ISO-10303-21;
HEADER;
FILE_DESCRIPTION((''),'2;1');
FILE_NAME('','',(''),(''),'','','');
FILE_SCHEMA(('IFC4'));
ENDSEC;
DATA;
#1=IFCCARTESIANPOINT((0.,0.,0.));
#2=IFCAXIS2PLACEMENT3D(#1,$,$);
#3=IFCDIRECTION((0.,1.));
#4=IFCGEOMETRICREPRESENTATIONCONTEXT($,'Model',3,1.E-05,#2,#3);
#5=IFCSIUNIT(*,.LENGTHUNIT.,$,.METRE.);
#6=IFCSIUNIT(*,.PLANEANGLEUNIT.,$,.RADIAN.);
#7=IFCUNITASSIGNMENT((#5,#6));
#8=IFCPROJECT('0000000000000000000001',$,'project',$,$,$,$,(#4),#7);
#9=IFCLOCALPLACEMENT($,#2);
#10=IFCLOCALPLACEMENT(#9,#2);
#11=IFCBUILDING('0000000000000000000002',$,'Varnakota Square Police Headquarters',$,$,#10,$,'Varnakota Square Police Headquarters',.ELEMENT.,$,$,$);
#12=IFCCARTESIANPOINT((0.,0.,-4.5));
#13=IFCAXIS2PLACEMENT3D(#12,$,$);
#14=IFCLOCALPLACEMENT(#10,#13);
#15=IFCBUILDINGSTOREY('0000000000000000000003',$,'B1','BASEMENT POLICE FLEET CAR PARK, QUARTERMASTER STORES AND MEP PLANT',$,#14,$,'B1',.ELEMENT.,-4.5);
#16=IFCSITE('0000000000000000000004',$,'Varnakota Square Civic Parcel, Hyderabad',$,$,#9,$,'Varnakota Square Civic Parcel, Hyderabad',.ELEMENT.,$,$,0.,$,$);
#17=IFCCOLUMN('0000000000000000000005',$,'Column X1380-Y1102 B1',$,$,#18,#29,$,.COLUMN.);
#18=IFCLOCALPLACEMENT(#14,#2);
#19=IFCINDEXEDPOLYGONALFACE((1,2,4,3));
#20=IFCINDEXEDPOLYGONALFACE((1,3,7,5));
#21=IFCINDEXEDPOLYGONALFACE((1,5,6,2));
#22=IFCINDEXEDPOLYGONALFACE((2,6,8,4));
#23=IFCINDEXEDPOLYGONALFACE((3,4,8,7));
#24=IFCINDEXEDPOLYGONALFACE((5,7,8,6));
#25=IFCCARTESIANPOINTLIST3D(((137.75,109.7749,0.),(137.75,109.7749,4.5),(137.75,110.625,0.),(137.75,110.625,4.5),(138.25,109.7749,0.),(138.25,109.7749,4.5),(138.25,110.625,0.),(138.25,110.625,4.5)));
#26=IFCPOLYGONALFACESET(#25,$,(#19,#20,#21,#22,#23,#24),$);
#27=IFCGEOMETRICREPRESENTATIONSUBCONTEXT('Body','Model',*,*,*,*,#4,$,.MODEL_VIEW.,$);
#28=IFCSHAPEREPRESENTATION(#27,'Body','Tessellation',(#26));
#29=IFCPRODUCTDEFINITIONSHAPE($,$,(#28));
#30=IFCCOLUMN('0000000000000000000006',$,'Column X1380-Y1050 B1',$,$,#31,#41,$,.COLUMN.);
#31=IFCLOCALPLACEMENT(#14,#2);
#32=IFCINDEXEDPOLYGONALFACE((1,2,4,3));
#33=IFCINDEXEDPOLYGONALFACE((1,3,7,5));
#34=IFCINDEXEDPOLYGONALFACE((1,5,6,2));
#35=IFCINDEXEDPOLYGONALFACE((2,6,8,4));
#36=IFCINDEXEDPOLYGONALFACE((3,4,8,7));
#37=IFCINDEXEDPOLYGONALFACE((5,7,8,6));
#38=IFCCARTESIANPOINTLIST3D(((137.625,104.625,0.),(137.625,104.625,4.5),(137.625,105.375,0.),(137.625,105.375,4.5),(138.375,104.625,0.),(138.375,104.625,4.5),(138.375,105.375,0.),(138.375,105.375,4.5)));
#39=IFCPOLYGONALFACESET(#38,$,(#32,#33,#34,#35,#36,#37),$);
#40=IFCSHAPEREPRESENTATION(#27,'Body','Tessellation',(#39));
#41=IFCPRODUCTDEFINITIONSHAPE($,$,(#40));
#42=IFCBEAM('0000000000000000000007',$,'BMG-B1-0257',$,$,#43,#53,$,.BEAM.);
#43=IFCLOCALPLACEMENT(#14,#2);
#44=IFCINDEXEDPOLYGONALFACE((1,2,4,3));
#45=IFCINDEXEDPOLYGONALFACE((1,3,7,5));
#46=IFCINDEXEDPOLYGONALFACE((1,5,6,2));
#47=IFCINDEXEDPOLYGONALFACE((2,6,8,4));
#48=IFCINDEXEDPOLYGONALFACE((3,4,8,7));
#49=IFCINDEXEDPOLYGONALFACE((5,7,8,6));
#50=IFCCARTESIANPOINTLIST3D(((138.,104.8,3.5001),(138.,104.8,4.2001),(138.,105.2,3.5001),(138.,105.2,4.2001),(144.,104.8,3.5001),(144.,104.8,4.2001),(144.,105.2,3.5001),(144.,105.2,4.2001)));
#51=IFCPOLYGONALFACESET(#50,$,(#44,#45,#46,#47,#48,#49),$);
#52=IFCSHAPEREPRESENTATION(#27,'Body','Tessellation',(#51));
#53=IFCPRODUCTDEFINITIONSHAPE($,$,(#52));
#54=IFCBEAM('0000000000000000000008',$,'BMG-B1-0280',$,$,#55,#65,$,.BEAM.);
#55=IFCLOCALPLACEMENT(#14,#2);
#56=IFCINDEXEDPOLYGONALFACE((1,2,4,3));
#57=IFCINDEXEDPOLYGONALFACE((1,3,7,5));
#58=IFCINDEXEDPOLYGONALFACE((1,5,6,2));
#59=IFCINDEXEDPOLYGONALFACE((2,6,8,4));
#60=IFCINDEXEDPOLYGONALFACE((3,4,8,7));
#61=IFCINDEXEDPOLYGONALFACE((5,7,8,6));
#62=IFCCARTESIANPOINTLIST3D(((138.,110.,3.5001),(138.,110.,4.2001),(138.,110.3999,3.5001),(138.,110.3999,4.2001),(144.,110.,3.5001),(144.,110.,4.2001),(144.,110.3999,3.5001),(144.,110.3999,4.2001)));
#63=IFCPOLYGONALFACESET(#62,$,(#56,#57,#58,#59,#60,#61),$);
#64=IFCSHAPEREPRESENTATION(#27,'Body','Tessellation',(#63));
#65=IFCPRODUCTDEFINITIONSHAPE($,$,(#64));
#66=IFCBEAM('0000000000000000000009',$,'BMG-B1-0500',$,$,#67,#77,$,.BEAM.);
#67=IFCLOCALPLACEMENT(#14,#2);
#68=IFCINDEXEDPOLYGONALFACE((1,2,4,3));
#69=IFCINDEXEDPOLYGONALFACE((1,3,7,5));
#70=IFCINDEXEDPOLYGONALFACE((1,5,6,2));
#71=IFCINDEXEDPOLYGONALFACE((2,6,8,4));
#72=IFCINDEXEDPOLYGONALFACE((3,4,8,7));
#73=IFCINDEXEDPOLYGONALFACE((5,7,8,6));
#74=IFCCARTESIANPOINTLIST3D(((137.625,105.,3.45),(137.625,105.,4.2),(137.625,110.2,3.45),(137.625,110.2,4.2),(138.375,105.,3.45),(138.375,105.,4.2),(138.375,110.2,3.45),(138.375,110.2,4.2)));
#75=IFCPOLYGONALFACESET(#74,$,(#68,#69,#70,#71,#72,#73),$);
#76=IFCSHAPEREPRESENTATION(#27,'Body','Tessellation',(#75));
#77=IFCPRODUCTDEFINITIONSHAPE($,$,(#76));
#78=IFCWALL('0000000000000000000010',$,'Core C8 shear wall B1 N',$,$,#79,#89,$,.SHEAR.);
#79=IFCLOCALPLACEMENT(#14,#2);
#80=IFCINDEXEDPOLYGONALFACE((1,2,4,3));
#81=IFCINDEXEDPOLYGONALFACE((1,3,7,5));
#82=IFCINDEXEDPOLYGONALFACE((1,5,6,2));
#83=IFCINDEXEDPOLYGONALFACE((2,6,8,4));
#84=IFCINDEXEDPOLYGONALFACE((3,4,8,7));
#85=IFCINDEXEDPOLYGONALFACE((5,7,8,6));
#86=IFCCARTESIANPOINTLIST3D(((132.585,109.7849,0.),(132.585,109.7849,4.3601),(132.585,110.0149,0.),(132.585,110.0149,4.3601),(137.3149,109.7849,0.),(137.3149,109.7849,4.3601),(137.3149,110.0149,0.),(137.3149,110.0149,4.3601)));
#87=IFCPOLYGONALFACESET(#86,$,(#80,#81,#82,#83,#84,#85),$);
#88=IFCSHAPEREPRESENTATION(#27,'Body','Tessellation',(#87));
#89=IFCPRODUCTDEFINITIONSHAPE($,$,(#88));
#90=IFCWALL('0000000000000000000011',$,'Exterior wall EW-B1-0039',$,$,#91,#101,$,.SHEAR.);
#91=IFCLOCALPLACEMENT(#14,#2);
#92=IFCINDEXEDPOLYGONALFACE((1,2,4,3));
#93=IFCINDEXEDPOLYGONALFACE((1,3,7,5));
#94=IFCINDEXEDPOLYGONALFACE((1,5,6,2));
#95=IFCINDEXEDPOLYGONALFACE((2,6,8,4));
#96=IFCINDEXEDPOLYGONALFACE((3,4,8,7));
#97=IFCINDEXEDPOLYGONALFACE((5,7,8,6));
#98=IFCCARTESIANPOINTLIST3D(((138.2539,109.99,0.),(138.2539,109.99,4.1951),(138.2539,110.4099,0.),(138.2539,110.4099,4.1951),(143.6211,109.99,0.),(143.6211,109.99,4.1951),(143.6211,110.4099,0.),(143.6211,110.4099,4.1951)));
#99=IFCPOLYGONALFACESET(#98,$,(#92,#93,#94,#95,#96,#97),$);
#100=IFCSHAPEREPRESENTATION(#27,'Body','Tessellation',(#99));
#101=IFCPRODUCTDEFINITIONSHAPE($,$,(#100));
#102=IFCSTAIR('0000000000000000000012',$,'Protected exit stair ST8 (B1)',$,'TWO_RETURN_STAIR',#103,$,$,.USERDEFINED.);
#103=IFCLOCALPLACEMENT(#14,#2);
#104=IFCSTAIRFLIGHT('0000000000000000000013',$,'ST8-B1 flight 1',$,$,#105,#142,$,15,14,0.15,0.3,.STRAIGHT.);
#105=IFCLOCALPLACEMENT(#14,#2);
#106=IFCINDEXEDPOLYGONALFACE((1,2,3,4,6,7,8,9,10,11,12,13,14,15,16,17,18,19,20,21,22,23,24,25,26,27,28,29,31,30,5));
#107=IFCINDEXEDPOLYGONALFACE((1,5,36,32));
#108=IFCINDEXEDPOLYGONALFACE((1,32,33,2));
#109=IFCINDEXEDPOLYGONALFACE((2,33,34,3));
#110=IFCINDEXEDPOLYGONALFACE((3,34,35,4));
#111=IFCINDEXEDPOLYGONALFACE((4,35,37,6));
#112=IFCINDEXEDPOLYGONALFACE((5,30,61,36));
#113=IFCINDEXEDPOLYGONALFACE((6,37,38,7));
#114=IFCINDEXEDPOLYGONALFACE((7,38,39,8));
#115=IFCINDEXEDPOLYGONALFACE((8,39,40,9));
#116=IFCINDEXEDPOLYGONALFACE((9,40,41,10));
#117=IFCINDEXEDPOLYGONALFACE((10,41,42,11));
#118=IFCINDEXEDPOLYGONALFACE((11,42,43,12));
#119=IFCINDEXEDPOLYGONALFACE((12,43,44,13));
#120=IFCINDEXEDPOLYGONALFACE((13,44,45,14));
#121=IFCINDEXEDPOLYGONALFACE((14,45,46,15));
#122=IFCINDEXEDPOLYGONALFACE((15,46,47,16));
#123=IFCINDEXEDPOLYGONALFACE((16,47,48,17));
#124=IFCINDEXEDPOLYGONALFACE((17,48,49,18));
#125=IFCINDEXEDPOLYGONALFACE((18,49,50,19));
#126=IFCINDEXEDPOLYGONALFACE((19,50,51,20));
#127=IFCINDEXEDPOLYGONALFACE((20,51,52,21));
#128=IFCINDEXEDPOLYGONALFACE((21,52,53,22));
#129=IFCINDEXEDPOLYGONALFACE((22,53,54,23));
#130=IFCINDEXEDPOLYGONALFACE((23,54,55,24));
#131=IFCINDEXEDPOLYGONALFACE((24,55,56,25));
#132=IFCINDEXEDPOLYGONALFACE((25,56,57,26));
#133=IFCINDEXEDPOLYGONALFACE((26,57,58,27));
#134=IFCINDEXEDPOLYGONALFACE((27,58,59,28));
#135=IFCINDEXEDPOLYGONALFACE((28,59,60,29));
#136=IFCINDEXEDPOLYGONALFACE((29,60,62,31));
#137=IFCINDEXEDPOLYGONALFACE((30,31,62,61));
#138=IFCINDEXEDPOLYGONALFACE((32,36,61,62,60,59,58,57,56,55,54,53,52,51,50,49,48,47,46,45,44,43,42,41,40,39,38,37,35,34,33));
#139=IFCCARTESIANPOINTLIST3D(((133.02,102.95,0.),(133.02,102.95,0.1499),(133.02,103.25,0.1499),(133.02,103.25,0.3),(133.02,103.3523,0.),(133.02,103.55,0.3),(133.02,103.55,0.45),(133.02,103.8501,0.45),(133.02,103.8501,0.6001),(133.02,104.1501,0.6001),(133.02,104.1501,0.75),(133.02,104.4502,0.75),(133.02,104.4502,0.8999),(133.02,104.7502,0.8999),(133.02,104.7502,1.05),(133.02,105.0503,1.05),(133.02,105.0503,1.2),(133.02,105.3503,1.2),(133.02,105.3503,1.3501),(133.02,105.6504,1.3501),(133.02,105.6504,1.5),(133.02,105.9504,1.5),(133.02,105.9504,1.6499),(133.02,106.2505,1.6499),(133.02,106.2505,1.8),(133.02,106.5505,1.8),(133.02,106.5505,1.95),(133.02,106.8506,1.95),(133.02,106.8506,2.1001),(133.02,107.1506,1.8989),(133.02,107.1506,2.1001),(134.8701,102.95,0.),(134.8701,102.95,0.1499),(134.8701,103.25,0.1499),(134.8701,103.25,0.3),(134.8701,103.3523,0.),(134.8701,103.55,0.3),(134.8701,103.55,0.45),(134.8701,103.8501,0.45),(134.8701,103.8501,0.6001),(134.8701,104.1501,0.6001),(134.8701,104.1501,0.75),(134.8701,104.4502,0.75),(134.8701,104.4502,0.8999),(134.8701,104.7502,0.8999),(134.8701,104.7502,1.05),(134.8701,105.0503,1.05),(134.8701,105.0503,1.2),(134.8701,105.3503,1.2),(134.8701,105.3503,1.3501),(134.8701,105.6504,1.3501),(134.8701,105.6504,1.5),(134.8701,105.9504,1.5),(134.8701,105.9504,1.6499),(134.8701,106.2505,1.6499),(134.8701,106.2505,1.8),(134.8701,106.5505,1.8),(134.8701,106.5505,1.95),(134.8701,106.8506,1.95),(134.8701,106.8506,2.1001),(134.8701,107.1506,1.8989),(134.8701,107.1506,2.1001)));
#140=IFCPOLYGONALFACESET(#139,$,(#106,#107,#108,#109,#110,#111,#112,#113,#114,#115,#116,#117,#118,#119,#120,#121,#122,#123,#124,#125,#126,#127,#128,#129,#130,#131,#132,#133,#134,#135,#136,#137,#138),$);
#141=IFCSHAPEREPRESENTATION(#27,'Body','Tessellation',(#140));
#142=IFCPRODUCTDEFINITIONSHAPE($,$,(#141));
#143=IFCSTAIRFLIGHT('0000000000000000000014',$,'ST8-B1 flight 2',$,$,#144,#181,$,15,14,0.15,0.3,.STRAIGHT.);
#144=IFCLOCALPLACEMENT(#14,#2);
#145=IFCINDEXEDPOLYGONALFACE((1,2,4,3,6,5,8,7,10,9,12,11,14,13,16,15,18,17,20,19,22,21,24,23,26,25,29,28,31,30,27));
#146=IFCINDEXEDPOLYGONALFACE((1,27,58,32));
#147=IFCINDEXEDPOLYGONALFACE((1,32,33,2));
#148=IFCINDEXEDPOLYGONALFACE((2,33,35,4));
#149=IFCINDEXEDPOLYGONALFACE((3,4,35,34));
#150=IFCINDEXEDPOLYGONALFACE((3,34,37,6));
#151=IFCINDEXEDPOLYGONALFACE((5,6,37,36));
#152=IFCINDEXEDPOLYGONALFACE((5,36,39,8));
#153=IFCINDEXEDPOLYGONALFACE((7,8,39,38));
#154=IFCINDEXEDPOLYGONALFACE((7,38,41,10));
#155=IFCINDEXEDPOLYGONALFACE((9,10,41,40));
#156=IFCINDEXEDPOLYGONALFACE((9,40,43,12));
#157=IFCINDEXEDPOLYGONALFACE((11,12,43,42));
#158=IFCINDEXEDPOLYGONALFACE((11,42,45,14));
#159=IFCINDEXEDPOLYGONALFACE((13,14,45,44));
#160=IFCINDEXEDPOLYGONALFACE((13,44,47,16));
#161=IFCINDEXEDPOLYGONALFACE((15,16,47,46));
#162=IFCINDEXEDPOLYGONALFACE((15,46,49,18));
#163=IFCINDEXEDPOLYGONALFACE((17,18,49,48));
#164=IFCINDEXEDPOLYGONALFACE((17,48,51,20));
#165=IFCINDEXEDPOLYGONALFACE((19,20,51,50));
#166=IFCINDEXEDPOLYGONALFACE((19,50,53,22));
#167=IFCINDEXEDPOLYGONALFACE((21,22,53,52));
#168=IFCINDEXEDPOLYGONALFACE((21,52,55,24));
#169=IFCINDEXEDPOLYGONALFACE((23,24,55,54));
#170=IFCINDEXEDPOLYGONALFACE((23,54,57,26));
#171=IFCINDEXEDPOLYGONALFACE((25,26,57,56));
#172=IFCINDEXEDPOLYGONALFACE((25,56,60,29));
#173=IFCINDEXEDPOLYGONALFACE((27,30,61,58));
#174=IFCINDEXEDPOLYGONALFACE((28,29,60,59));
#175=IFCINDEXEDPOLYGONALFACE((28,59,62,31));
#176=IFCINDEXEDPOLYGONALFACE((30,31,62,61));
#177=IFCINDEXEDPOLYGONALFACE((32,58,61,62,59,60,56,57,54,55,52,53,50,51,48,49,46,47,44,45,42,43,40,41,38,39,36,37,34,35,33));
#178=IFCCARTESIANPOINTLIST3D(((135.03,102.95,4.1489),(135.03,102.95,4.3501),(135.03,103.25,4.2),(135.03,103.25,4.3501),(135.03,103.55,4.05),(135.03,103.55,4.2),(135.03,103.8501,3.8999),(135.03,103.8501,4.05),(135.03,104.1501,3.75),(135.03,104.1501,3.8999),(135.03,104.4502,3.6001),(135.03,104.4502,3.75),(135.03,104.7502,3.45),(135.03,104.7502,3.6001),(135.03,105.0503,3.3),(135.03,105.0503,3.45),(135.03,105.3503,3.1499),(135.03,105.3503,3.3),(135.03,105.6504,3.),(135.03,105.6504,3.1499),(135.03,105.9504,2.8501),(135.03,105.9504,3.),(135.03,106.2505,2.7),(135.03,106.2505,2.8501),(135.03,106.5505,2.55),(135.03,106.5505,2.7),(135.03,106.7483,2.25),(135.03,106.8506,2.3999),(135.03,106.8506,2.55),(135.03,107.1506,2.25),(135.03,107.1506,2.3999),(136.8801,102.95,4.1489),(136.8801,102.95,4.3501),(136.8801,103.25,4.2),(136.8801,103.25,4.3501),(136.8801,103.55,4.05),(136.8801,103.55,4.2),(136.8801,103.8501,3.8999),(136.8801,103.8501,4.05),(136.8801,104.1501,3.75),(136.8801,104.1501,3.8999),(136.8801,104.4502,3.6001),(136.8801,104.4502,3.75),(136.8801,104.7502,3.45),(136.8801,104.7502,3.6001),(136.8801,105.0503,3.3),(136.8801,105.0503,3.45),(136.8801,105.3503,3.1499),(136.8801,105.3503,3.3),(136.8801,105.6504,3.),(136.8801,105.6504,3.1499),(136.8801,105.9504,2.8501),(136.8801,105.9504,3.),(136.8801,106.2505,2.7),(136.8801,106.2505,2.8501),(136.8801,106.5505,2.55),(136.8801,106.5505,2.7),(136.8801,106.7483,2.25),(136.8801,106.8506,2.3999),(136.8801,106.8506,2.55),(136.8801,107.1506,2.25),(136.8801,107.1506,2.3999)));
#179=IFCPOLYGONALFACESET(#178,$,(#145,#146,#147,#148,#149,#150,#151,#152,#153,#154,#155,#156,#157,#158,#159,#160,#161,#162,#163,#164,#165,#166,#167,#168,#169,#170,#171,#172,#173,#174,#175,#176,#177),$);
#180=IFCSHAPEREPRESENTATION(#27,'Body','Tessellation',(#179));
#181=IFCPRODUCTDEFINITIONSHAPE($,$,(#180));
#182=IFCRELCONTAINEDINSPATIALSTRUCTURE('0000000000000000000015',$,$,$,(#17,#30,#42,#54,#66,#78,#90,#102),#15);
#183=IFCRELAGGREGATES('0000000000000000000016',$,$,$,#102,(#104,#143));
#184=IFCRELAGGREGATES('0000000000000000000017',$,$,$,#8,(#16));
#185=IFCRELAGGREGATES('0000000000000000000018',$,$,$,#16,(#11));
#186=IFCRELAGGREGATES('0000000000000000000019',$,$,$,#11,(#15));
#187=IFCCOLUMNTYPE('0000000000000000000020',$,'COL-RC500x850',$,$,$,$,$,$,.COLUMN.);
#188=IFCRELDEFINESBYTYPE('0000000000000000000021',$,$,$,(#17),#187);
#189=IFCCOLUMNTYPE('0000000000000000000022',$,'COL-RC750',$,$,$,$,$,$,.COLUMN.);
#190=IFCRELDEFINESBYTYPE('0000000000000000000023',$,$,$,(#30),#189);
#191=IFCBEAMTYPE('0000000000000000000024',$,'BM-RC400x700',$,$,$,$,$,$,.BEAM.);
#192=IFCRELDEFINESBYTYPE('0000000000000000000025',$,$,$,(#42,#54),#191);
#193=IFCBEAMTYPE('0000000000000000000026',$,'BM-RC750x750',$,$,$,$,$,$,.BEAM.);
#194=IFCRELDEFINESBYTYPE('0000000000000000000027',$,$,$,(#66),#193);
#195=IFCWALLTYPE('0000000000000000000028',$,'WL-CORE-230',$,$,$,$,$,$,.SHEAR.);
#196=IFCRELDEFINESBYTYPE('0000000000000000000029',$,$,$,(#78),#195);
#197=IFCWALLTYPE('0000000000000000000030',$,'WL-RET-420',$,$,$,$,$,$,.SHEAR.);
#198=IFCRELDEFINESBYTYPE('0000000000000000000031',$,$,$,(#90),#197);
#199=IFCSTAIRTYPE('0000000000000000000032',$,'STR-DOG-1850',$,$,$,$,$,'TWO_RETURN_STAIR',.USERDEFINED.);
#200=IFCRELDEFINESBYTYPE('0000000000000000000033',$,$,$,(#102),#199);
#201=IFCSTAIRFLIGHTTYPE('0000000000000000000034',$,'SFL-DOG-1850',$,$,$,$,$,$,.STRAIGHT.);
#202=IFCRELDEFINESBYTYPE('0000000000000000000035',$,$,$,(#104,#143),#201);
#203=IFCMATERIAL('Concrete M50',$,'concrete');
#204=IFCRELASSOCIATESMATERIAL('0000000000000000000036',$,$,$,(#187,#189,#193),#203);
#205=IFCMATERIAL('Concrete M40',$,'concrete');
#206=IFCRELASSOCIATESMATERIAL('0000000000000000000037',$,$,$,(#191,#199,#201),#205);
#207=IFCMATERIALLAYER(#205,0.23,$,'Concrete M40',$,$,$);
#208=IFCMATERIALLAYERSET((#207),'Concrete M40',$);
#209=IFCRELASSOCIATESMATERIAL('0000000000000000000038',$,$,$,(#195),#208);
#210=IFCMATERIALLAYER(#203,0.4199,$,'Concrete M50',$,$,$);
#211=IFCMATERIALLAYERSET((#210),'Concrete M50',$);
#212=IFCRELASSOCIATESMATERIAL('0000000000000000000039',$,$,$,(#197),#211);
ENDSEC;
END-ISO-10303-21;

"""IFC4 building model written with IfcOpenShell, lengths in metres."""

from ifc_helpers import new_model, si_unit, direction, frame, frame_2d, origin, origin_2d, place, context, subcontext, project, spatial, polyline, rectangle, outline, extrude, material, layer, layer_set, material_profile, profile_set, type_object, element, aggregate, save


model = new_model("IFC4")

# Units and contexts
model_context = context("Model", 3, precision=1e-05, world=origin(), true_north=direction((0.0, 1.0)))
body_context = subcontext(model_context, "Body", "Model", "MODEL_VIEW")
ifc_project = project(units=[si_unit("LENGTHUNIT", "METRE"), si_unit("PLANEANGLEUNIT", "RADIAN")], contexts=[model_context])

# Site, building, storey
site_placement = place(None, origin())
site = spatial("IfcSite", under=ifc_project, at=site_placement, Name="Varnakota Square Civic Parcel, Hyderabad", LongName="Varnakota Square Civic Parcel, Hyderabad", CompositionType="ELEMENT", RefElevation=0.0)
building_placement = place(site_placement, origin())
building = spatial("IfcBuilding", under=site, at=building_placement, Name="Varnakota Square Police Headquarters", LongName="Varnakota Square Police Headquarters", CompositionType="ELEMENT")
storey_placement = place(building_placement, frame((0.0, 0.0, -4.5)))
storey = spatial("IfcBuildingStorey", under=building, at=storey_placement, Name="B1", Description="BASEMENT POLICE FLEET CAR PARK, QUARTERMASTER STORES AND MEP PLANT", LongName="B1", CompositionType="ELEMENT", Elevation=-4.5)

# Shared definitions
ifc_material_1 = material(Name="Concrete M40", Category="concrete")

# Columns
ifc_material_2 = material(Name="Concrete M50", Category="concrete")
ifc_material_profile_1 = material_profile(ifc_material_2, rectangle(XDim=0.5, YDim=0.8501, at=origin_2d()), Name="RC 500x850")
ifc_profile_set_1 = profile_set([ifc_material_profile_1], Name="Concrete M50")
column_type_1 = type_object("IfcColumnType", Name="COL-RC500x850", PredefinedType="COLUMN", material=ifc_profile_set_1)
column_1_placement = place(storey_placement, frame((138.0, 110.2, 0.0), z_axis=(0.0, 0.0, 1.0), x_axis=(1.0, 0.0, 0.0)))
element("IfcColumn", 1, at=column_1_placement, inside=storey, type_object=column_type_1, Name="Column X1380-Y1102 B1", PredefinedType="COLUMN", context=body_context, shape_type="SweptSolid", body=[
    extrude(rectangle(XDim=0.5, YDim=0.8501, at=origin_2d()), origin(), (0.0, 0.0, 1.0), 4.5),
])
ifc_material_profile_2 = material_profile(ifc_material_2, rectangle(XDim=0.75, YDim=0.75, at=origin_2d()), Name="RC 750x750")
ifc_profile_set_2 = profile_set([ifc_material_profile_2], Name="Concrete M50")
column_type_2 = type_object("IfcColumnType", Name="COL-RC750", PredefinedType="COLUMN", material=ifc_profile_set_2)
column_2_placement = place(storey_placement, frame((138.0, 105.0, 0.0), z_axis=(0.0, 0.0, 1.0), x_axis=(1.0, 0.0, 0.0)))
element("IfcColumn", 2, at=column_2_placement, inside=storey, type_object=column_type_2, Name="Column X1380-Y1050 B1", PredefinedType="COLUMN", context=body_context, shape_type="SweptSolid", body=[
    extrude(rectangle(XDim=0.75, YDim=0.75, at=origin_2d()), origin(), (0.0, 0.0, 1.0), 4.5),
])

# Beams
ifc_material_profile_3 = material_profile(ifc_material_1, rectangle(XDim=0.3999, YDim=0.7, at=origin_2d()), Name="RC 400x700")
ifc_profile_set_3 = profile_set([ifc_material_profile_3], Name="Concrete M40")
beam_type_1 = type_object("IfcBeamType", Name="BM-RC400x700", PredefinedType="BEAM", material=ifc_profile_set_3)
for number, where, z_axis, x_axis, name in (
    (3, (138.0, 105.0, 3.8501), (1.0, 0.0, 0.0), (0.0, 1.0, 0.0), "BMG-B1-0257"),
    (4, (138.0, 110.2, 3.8501), (1.0, 0.0, 0.0), (0.0, 1.0, 0.0), "BMG-B1-0280"),
):
    element("IfcBeam", number, at=place(storey_placement, frame(where, z_axis=z_axis, x_axis=x_axis)), inside=storey, type_object=beam_type_1, Name=name, PredefinedType="BEAM", context=body_context, shape_type="SweptSolid", body=[
        extrude(rectangle(XDim=0.3999, YDim=0.7, at=origin_2d()), origin(), (0.0, 0.0, 1.0), 6.0),
    ])
ifc_material_profile_4 = material_profile(ifc_material_2, rectangle(XDim=0.75, YDim=0.75, at=origin_2d()), Name="RC 750x750")
ifc_profile_set_4 = profile_set([ifc_material_profile_4], Name="Concrete M50")
beam_type_2 = type_object("IfcBeamType", Name="BM-RC750x750", PredefinedType="BEAM", material=ifc_profile_set_4)
beam_placement = place(storey_placement, frame((138.0, 105.0, 3.825), z_axis=(0.0, 1.0, 0.0), x_axis=(-1.0, 0.0, 0.0)))
element("IfcBeam", 5, at=beam_placement, inside=storey, type_object=beam_type_2, Name="BMG-B1-0500", PredefinedType="BEAM", context=body_context, shape_type="SweptSolid", body=[
    extrude(rectangle(XDim=0.75, YDim=0.75, at=origin_2d()), origin(), (0.0, 0.0, 1.0), 5.2),
])

# Walls
ifc_layer_1 = layer(ifc_material_1, 0.23, Name="Concrete M40")
ifc_layer_set_1 = layer_set([ifc_layer_1], Name="Concrete M40")
wall_type_1 = type_object("IfcWallType", Name="WL-CORE-230", PredefinedType="SHEAR", material=ifc_layer_set_1)
wall_1_placement = place(storey_placement, frame((137.3149, 109.8999, 0.0), z_axis=(0.0, 0.0, 1.0), x_axis=(-1.0, 0.0, 0.0)))
element("IfcWall", 6, at=wall_1_placement, inside=storey, type_object=wall_type_1, Name="Core C8 shear wall B1 N", PredefinedType="SHEAR", context=body_context, shape_type="SweptSolid", body=[
    extrude(rectangle(XDim=4.73, YDim=0.23, at=frame_2d((2.365, 0.0))), origin(), (0.0, 0.0, 1.0), 4.3601),
])
ifc_layer_2 = layer(ifc_material_2, 0.4199, Name="Concrete M50")
ifc_layer_set_2 = layer_set([ifc_layer_2], Name="Concrete M50")
wall_type_2 = type_object("IfcWallType", Name="WL-RET-420", PredefinedType="SHEAR", material=ifc_layer_set_2)
wall_2_placement = place(storey_placement, frame((138.2539, 110.2, 0.0), z_axis=(0.0, 0.0, 1.0), x_axis=(1.0, 0.0, 0.0)))
element("IfcWall", 7, at=wall_2_placement, inside=storey, type_object=wall_type_2, Name="Exterior wall EW-B1-0039", PredefinedType="SHEAR", context=body_context, shape_type="SweptSolid", body=[
    extrude(rectangle(XDim=5.3672, YDim=0.4199, at=frame_2d((2.6836, 0.0))), origin(), (0.0, 0.0, 1.0), 4.1951),
])

# Stair, stair flights
stair_type = type_object("IfcStairType", Name="STR-DOG-1850", ElementType="TWO_RETURN_STAIR", PredefinedType="USERDEFINED", material=ifc_material_1)
stair_placement = place(storey_placement, origin())
stair = element("IfcStair", 8, at=stair_placement, inside=storey, type_object=stair_type, Name="Protected exit stair ST8 (B1)", ObjectType="TWO_RETURN_STAIR", PredefinedType="USERDEFINED")
stair_flight_type = type_object("IfcStairFlightType", Name="SFL-DOG-1850", PredefinedType="STRAIGHT", material=ifc_material_1)
stair_flight_1_placement = place(storey_placement, frame((133.9451, 102.95, 0.0), z_axis=(0.0, 0.0, 1.0), x_axis=(0.0, 1.0, 0.0)))
stair_flight_1 = element("IfcStairFlight", 9, at=stair_flight_1_placement, type_object=stair_flight_type, Name="ST8-B1 flight 1", NumberOfRisers=15, NumberOfTreads=14, PredefinedType="STRAIGHT", RiserHeight=0.15, TreadLength=0.3, context=body_context, shape_type="SweptSolid", body=[
    extrude(outline(polyline([(0.0, 0.0), (0.0, 0.1499), (0.3, 0.1499), (0.3, 0.3), (0.6001, 0.3), (0.6001, 0.45), (0.9001, 0.45), (0.9001, 0.6001), (1.2002, 0.6001), (1.2002, 0.75), (1.5002, 0.75), (1.5002, 0.8999), (1.8003, 0.8999), (1.8003, 1.05), (2.1003, 1.05), (2.1003, 1.2), (2.4004, 1.2), (2.4004, 1.3501), (2.7004, 1.3501), (2.7004, 1.5), (3.0005, 1.5), (3.0005, 1.6499), (3.3005, 1.6499), (3.3005, 1.8), (3.6006, 1.8), (3.6006, 1.95), (3.9006, 1.95), (3.9006, 2.1001), (4.2007, 2.1001), (4.2007, 2.25), (4.2007, 1.8989), (0.4023, 0.0), (0.0, 0.0)])), frame((0.0, 0.925, 0.0), z_axis=(0.0, -1.0, 0.0), x_axis=(1.0, 0.0, 0.0)), (0.0, 0.0, 1.0), 1.8501),
])
stair_flight_2_placement = place(storey_placement, frame((135.9551, 107.1506, 2.25), z_axis=(0.0, 0.0, 1.0), x_axis=(0.0, -1.0, 0.0)))
stair_flight_2 = element("IfcStairFlight", 10, at=stair_flight_2_placement, type_object=stair_flight_type, Name="ST8-B1 flight 2", NumberOfRisers=15, NumberOfTreads=14, PredefinedType="STRAIGHT", RiserHeight=0.15, TreadLength=0.3, context=body_context, shape_type="SweptSolid", body=[
    extrude(outline(polyline([(0.0, 0.0), (0.0, 0.1499), (0.3, 0.1499), (0.3, 0.3), (0.6001, 0.3), (0.6001, 0.45), (0.9001, 0.45), (0.9001, 0.6001), (1.2002, 0.6001), (1.2002, 0.75), (1.5002, 0.75), (1.5002, 0.8999), (1.8003, 0.8999), (1.8003, 1.05), (2.1003, 1.05), (2.1003, 1.2), (2.4004, 1.2), (2.4004, 1.3501), (2.7004, 1.3501), (2.7004, 1.5), (3.0005, 1.5), (3.0005, 1.6499), (3.3005, 1.6499), (3.3005, 1.8), (3.6006, 1.8), (3.6006, 1.95), (3.9006, 1.95), (3.9006, 2.1001), (4.2007, 2.1001), (4.2007, 2.25), (4.2007, 1.8989), (0.4023, 0.0), (0.0, 0.0)])), frame((0.0, 0.925, 0.0), z_axis=(0.0, -1.0, 0.0), x_axis=(1.0, 0.0, 0.0)), (0.0, 0.0, 1.0), 1.8501),
])
aggregate(stair, [stair_flight_1, stair_flight_2])

save(model, "model.ifc")
